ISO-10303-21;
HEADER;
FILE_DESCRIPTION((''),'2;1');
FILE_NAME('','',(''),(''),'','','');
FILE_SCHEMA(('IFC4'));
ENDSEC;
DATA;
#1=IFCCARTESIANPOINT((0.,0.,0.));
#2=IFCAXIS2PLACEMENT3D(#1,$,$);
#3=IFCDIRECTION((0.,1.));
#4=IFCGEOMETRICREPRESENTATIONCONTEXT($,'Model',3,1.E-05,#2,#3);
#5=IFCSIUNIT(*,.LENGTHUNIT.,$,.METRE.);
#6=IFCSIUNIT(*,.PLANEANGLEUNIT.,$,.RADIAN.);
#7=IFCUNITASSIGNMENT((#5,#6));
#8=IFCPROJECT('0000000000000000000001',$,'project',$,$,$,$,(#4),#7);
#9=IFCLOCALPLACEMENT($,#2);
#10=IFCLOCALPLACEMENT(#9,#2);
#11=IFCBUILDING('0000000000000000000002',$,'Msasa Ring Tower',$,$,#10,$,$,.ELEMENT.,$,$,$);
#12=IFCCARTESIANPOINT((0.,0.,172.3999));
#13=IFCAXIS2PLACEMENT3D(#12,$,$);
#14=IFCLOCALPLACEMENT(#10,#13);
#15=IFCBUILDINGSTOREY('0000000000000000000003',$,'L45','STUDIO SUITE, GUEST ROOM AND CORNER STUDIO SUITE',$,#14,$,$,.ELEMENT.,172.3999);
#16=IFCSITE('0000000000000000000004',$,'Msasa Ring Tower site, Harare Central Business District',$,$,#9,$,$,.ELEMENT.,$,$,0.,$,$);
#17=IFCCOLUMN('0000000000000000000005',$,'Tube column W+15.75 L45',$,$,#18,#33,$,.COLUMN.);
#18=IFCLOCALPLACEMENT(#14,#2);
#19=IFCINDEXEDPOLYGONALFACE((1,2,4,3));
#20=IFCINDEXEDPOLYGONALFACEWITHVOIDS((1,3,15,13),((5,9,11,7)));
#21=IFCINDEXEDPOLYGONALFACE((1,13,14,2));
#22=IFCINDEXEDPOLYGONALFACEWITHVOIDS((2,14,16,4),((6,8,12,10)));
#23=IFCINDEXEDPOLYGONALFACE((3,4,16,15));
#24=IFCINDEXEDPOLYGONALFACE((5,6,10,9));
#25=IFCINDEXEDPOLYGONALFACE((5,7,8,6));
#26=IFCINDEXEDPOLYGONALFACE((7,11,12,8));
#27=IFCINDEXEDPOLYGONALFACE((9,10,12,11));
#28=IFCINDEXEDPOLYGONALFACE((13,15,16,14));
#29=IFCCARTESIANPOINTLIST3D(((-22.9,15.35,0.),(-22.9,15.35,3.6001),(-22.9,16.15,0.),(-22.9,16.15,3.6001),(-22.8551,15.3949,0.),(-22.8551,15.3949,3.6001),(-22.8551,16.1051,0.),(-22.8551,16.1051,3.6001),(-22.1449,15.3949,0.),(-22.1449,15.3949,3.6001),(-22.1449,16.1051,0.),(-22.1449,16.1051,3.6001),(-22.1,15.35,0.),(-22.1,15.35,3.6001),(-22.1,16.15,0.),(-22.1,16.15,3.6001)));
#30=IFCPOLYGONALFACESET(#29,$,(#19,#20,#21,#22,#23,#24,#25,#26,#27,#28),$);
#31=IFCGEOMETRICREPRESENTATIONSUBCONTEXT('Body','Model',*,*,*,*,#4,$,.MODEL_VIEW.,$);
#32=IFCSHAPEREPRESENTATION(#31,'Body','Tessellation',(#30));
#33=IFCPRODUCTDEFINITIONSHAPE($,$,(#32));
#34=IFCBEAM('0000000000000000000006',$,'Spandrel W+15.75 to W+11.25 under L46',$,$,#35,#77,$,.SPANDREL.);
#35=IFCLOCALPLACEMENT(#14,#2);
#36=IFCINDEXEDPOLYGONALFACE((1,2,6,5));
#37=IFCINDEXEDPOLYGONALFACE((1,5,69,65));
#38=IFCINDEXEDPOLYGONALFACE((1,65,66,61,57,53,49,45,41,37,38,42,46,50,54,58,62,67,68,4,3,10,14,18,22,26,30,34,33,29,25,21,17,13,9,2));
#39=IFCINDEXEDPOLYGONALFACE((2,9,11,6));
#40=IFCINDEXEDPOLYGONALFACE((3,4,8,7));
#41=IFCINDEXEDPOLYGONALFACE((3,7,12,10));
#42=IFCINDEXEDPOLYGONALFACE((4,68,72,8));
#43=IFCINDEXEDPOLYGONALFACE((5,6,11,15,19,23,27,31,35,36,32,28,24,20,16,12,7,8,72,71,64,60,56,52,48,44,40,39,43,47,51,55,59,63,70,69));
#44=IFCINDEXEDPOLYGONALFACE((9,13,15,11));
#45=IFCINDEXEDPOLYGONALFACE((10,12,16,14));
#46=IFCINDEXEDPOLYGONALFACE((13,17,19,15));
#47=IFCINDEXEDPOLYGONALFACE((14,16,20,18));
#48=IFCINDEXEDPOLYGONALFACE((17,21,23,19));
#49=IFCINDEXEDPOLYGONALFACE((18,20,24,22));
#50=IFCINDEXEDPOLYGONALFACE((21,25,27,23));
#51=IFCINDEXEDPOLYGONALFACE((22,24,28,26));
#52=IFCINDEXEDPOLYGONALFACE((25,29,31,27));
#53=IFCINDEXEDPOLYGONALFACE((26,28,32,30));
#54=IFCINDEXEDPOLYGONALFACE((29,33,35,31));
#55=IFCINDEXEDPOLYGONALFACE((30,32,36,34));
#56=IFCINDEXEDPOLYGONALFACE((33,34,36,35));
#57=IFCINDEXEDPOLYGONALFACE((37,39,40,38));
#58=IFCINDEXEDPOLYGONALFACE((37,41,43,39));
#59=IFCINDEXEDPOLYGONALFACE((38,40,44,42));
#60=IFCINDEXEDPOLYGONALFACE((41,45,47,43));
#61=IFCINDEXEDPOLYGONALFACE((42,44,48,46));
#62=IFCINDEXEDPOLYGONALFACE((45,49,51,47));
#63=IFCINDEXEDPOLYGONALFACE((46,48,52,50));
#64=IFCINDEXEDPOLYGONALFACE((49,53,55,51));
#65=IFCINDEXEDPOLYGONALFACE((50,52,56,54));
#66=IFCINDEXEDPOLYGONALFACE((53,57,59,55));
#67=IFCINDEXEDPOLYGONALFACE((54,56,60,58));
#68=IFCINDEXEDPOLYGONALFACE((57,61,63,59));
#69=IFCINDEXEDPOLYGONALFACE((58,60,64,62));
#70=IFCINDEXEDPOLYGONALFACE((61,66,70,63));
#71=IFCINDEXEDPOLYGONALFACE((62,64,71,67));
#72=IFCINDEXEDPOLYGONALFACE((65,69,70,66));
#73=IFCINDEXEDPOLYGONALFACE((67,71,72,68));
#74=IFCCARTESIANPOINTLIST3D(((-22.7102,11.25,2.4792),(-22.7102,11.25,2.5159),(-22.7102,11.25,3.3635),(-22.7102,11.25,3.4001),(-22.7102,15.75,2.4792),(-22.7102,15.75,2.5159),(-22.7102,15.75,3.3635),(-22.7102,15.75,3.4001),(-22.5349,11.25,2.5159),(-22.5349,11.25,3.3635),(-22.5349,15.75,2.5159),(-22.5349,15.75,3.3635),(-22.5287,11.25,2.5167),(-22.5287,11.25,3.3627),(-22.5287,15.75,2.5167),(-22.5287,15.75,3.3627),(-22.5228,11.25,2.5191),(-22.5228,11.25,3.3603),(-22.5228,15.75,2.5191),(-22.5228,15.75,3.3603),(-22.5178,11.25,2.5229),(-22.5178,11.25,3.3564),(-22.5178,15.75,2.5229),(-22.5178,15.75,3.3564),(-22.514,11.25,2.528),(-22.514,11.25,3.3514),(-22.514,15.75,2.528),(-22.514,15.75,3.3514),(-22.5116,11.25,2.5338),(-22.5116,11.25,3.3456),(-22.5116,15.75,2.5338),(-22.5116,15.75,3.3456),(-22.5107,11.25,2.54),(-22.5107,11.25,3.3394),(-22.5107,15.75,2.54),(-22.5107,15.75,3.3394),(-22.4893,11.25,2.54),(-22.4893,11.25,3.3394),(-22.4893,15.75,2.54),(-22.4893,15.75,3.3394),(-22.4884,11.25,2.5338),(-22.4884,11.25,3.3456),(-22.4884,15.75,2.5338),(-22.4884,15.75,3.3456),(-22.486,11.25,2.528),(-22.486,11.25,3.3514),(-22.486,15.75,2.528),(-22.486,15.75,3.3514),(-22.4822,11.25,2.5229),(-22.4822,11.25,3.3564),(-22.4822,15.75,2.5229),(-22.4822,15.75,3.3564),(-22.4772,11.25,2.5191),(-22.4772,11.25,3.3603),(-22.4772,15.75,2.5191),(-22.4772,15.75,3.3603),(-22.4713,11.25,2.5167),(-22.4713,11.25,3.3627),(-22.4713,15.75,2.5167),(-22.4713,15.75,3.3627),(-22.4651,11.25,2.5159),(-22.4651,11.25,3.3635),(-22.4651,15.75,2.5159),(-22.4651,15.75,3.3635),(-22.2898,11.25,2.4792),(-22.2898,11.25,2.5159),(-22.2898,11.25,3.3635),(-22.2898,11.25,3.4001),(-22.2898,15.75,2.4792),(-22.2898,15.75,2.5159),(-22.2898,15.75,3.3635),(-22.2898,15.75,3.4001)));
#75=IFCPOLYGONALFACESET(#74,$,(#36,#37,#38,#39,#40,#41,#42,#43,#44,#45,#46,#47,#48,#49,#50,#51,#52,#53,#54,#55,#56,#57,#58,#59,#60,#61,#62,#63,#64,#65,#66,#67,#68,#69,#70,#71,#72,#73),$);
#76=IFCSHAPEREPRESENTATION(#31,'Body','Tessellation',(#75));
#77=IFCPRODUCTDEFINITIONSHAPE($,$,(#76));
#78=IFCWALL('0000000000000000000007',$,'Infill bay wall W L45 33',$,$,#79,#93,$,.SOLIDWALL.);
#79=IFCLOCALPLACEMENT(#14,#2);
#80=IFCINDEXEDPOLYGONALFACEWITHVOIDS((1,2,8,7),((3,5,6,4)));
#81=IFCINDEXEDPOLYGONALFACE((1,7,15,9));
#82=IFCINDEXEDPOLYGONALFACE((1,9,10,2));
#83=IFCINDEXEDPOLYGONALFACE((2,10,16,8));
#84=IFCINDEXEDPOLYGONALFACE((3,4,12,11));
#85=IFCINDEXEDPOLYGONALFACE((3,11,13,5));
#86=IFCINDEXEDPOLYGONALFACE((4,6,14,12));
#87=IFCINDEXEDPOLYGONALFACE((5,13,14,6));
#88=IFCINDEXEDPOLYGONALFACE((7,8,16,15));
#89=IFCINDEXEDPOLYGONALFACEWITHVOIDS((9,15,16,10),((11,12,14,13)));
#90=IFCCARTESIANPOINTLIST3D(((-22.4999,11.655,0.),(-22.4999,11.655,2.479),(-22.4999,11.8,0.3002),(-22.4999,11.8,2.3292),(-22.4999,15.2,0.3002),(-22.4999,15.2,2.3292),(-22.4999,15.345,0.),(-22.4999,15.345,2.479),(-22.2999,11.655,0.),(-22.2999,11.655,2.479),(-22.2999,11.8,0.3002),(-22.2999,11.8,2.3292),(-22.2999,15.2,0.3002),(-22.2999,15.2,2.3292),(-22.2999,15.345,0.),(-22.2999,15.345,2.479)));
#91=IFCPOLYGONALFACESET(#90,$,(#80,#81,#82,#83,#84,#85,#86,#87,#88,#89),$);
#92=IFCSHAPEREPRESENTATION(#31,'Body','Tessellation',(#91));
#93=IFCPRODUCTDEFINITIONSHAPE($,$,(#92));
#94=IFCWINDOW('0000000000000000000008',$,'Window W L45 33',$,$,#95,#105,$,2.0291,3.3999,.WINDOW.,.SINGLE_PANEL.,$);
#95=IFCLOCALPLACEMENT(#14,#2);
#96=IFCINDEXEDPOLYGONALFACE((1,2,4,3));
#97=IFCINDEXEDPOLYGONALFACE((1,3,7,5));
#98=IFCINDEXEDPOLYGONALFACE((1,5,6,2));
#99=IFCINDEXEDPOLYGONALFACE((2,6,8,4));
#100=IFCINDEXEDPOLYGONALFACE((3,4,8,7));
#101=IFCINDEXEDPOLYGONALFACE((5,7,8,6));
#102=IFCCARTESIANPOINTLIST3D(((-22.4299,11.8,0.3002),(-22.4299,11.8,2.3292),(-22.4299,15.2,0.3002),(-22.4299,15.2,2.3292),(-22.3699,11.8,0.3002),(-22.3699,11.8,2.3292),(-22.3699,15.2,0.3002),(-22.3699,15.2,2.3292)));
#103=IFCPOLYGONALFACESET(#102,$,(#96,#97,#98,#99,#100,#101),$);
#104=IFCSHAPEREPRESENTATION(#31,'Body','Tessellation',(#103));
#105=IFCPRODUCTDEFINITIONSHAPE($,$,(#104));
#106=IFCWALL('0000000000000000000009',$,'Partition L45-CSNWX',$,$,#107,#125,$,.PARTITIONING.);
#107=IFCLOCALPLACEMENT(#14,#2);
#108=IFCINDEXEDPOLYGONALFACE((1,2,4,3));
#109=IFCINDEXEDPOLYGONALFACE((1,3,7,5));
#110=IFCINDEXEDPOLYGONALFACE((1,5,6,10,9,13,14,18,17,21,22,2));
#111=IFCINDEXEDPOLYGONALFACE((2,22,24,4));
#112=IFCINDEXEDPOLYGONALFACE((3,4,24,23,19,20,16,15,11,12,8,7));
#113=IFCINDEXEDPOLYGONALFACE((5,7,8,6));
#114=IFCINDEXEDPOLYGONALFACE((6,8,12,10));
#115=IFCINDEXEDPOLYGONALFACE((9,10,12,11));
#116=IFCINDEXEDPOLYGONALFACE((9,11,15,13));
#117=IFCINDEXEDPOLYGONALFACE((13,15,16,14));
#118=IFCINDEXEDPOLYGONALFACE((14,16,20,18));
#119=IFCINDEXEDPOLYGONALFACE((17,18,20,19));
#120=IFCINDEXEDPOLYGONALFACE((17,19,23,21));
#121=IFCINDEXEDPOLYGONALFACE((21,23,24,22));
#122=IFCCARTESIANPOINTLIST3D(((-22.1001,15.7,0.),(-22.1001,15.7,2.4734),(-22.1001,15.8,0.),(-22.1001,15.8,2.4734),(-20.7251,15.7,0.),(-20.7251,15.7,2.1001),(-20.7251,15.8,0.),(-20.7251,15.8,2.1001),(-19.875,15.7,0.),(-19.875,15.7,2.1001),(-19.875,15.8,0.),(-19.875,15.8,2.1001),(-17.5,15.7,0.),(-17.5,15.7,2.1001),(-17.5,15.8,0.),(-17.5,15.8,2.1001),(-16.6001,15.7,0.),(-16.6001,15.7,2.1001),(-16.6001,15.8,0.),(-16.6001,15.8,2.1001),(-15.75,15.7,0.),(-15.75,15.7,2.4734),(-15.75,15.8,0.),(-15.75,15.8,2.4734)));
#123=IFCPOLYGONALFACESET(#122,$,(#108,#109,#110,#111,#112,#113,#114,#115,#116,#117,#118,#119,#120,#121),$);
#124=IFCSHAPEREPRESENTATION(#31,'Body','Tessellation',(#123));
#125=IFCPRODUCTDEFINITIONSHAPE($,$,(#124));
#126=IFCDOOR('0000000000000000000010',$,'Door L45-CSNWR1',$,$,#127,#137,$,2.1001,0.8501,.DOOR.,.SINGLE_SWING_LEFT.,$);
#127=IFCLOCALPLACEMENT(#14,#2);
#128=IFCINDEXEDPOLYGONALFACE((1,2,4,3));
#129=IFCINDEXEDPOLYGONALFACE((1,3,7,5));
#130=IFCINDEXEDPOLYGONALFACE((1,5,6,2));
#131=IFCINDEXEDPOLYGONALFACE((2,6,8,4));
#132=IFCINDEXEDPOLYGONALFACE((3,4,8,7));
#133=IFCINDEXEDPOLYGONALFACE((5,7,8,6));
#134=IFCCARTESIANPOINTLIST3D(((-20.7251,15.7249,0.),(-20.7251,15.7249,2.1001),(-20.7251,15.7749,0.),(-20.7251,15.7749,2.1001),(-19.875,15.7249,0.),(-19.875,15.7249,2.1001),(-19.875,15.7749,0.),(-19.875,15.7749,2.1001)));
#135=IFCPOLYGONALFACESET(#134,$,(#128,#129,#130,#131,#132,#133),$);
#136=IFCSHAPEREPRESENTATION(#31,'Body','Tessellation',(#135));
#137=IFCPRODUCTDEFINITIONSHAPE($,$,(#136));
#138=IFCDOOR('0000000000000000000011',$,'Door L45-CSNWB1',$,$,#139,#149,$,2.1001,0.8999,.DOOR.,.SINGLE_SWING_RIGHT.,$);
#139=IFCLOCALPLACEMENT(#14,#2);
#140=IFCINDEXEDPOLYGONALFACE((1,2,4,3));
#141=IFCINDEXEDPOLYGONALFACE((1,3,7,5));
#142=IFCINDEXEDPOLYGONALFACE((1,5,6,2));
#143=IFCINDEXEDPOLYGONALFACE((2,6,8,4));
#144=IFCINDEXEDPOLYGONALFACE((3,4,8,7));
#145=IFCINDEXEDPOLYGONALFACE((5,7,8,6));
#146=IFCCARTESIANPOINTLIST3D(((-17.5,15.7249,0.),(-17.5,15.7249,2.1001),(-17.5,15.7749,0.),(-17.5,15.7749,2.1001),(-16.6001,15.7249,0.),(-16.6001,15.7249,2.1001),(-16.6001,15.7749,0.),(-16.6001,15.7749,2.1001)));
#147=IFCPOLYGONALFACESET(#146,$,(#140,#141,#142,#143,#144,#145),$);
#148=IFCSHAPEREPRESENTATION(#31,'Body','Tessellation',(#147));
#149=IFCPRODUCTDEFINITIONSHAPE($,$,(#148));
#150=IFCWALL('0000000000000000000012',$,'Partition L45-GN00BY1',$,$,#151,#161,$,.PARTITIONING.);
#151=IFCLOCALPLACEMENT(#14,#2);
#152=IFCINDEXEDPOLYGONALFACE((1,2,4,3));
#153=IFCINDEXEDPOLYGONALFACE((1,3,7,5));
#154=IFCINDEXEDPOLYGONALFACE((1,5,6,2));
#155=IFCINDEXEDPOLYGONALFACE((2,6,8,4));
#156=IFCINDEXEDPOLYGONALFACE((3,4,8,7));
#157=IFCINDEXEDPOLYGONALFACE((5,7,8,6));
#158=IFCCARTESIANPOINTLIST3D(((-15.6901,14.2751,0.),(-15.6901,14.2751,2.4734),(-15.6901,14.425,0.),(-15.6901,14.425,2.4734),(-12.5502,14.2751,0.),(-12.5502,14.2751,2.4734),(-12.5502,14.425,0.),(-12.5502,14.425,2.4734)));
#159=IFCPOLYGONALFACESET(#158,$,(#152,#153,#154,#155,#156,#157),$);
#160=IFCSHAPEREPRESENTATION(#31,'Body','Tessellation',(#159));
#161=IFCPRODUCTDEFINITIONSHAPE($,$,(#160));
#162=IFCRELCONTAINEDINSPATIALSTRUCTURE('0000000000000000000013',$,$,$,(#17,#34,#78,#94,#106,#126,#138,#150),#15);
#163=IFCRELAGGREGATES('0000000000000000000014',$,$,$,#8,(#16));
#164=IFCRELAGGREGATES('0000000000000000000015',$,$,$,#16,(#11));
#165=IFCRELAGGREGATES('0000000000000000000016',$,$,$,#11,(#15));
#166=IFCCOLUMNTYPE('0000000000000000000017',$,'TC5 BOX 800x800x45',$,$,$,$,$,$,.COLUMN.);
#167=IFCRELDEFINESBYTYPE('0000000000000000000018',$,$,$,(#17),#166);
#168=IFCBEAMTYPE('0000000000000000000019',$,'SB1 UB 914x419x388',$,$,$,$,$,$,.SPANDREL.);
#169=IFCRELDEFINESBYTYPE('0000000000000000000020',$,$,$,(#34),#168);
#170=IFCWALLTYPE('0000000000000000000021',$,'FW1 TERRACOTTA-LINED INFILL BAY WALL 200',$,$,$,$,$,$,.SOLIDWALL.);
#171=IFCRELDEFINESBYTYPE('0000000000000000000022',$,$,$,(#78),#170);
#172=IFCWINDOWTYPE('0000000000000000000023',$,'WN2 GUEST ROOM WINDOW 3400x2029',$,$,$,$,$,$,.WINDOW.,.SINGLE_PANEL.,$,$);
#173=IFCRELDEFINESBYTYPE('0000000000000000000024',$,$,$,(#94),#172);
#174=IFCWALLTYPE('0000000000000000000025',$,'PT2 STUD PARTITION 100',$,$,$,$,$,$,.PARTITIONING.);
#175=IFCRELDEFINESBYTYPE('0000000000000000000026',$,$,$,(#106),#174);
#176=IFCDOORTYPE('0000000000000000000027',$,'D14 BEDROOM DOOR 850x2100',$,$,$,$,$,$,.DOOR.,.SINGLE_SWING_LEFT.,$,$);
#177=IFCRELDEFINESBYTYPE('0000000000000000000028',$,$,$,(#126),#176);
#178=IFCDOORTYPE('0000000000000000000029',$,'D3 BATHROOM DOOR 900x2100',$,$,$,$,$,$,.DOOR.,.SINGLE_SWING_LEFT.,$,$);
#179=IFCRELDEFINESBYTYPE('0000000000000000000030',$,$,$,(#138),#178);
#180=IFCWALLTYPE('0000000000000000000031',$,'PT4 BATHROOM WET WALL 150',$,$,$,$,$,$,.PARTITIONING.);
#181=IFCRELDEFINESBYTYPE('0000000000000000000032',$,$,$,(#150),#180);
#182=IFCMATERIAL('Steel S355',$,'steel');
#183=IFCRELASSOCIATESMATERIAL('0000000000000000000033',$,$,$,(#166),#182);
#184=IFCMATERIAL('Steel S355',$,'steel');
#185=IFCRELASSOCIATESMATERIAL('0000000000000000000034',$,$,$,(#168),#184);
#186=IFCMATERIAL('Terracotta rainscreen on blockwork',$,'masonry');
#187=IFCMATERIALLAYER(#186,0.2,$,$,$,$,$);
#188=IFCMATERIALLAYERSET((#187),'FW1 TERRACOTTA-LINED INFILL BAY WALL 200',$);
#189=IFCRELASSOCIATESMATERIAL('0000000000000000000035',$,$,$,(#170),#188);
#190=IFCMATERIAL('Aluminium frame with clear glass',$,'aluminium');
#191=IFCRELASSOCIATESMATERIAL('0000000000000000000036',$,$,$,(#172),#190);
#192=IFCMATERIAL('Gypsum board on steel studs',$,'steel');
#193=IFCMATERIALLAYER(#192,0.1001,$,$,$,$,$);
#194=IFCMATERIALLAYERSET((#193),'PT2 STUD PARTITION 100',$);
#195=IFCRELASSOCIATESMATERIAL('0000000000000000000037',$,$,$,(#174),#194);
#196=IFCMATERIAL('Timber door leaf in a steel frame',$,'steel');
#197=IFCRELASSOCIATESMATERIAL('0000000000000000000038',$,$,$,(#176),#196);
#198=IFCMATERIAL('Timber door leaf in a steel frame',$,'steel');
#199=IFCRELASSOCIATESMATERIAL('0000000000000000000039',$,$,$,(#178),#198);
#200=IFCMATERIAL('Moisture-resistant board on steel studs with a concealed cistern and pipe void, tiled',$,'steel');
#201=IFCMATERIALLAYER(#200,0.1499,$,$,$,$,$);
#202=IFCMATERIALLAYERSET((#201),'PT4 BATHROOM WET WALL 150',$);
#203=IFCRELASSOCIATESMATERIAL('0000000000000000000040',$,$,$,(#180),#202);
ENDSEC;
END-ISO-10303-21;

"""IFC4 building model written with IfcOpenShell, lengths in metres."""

from ifc_helpers import new_model, si_unit, direction, frame, frame_2d, origin, origin_2d, place, context, subcontext, project, spatial, rectangle, hollow_rectangle, i_section, extrude, material, layer, layer_set, material_profile, profile_set, type_object, element, fill, save


model = new_model("IFC4")

# Units and contexts
model_context = context("Model", 3, precision=1e-05, world=origin(), true_north=direction((0.0, 1.0)))
body_context = subcontext(model_context, "Body", "Model", "MODEL_VIEW")
ifc_project = project(units=[si_unit("LENGTHUNIT", "METRE"), si_unit("PLANEANGLEUNIT", "RADIAN")], contexts=[model_context])

# Site, building, storey
site_placement = place(None, origin())
site = spatial("IfcSite", under=ifc_project, at=site_placement, Name="Msasa Ring Tower site, Harare Central Business District", CompositionType="ELEMENT", RefElevation=0.0)
building_placement = place(site_placement, origin())
building = spatial("IfcBuilding", under=site, at=building_placement, Name="Msasa Ring Tower", CompositionType="ELEMENT")
storey_placement = place(building_placement, frame((0.0, 0.0, 172.3999)))
storey = spatial("IfcBuildingStorey", under=building, at=storey_placement, Name="L45", Description="STUDIO SUITE, GUEST ROOM AND CORNER STUDIO SUITE", CompositionType="ELEMENT", Elevation=172.3999)

# Column
ifc_material_1 = material(Name="Steel S355", Category="steel")
ifc_material_profile_1 = material_profile(ifc_material_1, hollow_rectangle(XDim=0.8, YDim=0.8, WallThickness=0.0449, at=origin_2d()), Name="BOX 800x800x45")
ifc_profile_set_1 = profile_set([ifc_material_profile_1], Name="Steel S355")
column_type = type_object("IfcColumnType", Name="TC5 BOX 800x800x45", PredefinedType="COLUMN", material=ifc_profile_set_1)
column_placement = place(storey_placement, frame((-22.5, 15.75, 0.0), z_axis=(0.0, 0.0, 1.0), x_axis=(1.0, 0.0, 0.0)))
element("IfcColumn", 1, at=column_placement, inside=storey, type_object=column_type, Name="Tube column W+15.75 L45", PredefinedType="COLUMN", context=body_context, shape_type="SweptSolid", body=[
    extrude(hollow_rectangle(XDim=0.8, YDim=0.8, WallThickness=0.0449, at=origin_2d()), origin(), (0.0, 0.0, 1.0), 3.6001),
])

# Beam
ifc_material_2 = material(Name="Steel S355", Category="steel")
ifc_material_profile_2 = material_profile(ifc_material_2, i_section(OverallWidth=0.4204, OverallDepth=0.9209, WebThickness=0.0215, FlangeThickness=0.0366, FilletRadius=0.0242, at=origin_2d()), Name="UB 914x419x388")
ifc_profile_set_2 = profile_set([ifc_material_profile_2], Name="Steel S355")
beam_type = type_object("IfcBeamType", Name="SB1 UB 914x419x388", PredefinedType="SPANDREL", material=ifc_profile_set_2)
beam_placement = place(storey_placement, frame((-22.5, 15.75, 2.9397), z_axis=(0.0, -1.0, 0.0), x_axis=(1.0, 0.0, 0.0)))
element("IfcBeam", 2, at=beam_placement, inside=storey, type_object=beam_type, Name="Spandrel W+15.75 to W+11.25 under L46", PredefinedType="SPANDREL", context=body_context, shape_type="SweptSolid", body=[
    extrude(i_section(OverallWidth=0.4204, OverallDepth=0.9209, WebThickness=0.0215, FlangeThickness=0.0366, FilletRadius=0.0242, at=origin_2d()), origin(), (0.0, 0.0, 1.0), 4.5),
])

# Wall, opening, window
ifc_material_3 = material(Name="Terracotta rainscreen on blockwork", Category="masonry")
ifc_layer_1 = layer(ifc_material_3, 0.2)
ifc_layer_set_1 = layer_set([ifc_layer_1], Name="FW1 TERRACOTTA-LINED INFILL BAY WALL 200")
wall_type_1 = type_object("IfcWallType", Name="FW1 TERRACOTTA-LINED INFILL BAY WALL 200", PredefinedType="SOLIDWALL", material=ifc_layer_set_1)
wall_1_placement = place(storey_placement, frame((-22.3999, 11.655, 0.0), z_axis=(0.0, 0.0, 1.0), x_axis=(0.0, 1.0, 0.0)))
wall_1 = element("IfcWall", 3, at=wall_1_placement, inside=storey, type_object=wall_type_1, Name="Infill bay wall W L45 33", PredefinedType="SOLIDWALL", context=body_context, shape_type="SweptSolid", body=[
    extrude(rectangle(XDim=3.6899, YDim=0.2, at=frame_2d((1.845, 0.0))), origin(), (0.0, 0.0, 1.0), 2.479),
])
opening_1_placement = place(wall_1_placement, frame((0.145, 0.0, 0.3)))
opening_1 = element("IfcOpeningElement", 4, at=opening_1_placement, cuts=wall_1, PredefinedType="OPENING", context=body_context, shape_type="SweptSolid", body=[
    extrude(rectangle(XDim=3.3999, YDim=2.0291, at=frame_2d((1.7, 1.0146))), frame((0.0, 0.1099, 0.0), z_axis=(0.0, -1.0, 0.0), x_axis=(1.0, 0.0, 0.0)), (0.0, 0.0, 1.0), 0.22),
])
ifc_material_4 = material(Name="Aluminium frame with clear glass", Category="aluminium")
window_type = type_object("IfcWindowType", Name="WN2 GUEST ROOM WINDOW 3400x2029", PartitioningType="SINGLE_PANEL", PredefinedType="WINDOW", material=ifc_material_4)
window_placement = place(opening_1_placement, origin())
window = element("IfcWindow", 5, at=window_placement, inside=storey, type_object=window_type, Name="Window W L45 33", OverallHeight=2.0291, OverallWidth=3.3999, PartitioningType="SINGLE_PANEL", PredefinedType="WINDOW", context=body_context, shape_type="SweptSolid", body=[
    extrude(rectangle(XDim=3.3999, YDim=2.0291, at=frame_2d((1.7, 1.0146))), frame((0.0, 0.03, 0.0), z_axis=(0.0, -1.0, 0.0), x_axis=(1.0, 0.0, 0.0)), (0.0, 0.0, 1.0), 0.0601),
])
fill(opening_1, window)

# Wall, openings, doors
ifc_material_5 = material(Name="Gypsum board on steel studs", Category="steel")
ifc_layer_2 = layer(ifc_material_5, 0.1001)
ifc_layer_set_2 = layer_set([ifc_layer_2], Name="PT2 STUD PARTITION 100")
wall_type_2 = type_object("IfcWallType", Name="PT2 STUD PARTITION 100", PredefinedType="PARTITIONING", material=ifc_layer_set_2)
wall_2_placement = place(storey_placement, frame((-22.1001, 15.75, 0.0), z_axis=(0.0, 0.0, 1.0), x_axis=(1.0, 0.0, 0.0)))
wall_2 = element("IfcWall", 6, at=wall_2_placement, inside=storey, type_object=wall_type_2, Name="Partition L45-CSNWX", PredefinedType="PARTITIONING", context=body_context, shape_type="SweptSolid", body=[
    extrude(rectangle(XDim=6.3501, YDim=0.1001, at=frame_2d((3.175, 0.0))), origin(), (0.0, 0.0, 1.0), 2.4734),
])
opening_2_placement = place(wall_2_placement, frame((1.375, 0.0, 0.0)))
opening_2 = element("IfcOpeningElement", 7, at=opening_2_placement, cuts=wall_2, PredefinedType="OPENING", context=body_context, shape_type="SweptSolid", body=[
    extrude(rectangle(XDim=0.8501, YDim=2.1001, at=frame_2d((0.425, 1.05))), frame((0.0, 0.0601, 0.0), z_axis=(0.0, -1.0, 0.0), x_axis=(1.0, 0.0, 0.0)), (0.0, 0.0, 1.0), 0.1201),
])
opening_3_placement = place(wall_2_placement, frame((4.6001, 0.0, 0.0)))
opening_3 = element("IfcOpeningElement", 8, at=opening_3_placement, cuts=wall_2, PredefinedType="OPENING", context=body_context, shape_type="SweptSolid", body=[
    extrude(rectangle(XDim=0.8999, YDim=2.1001, at=frame_2d((0.45, 1.05))), frame((0.0, 0.0601, 0.0), z_axis=(0.0, -1.0, 0.0), x_axis=(1.0, 0.0, 0.0)), (0.0, 0.0, 1.0), 0.1201),
])
ifc_material_6 = material(Name="Timber door leaf in a steel frame", Category="steel")
door_type_1 = type_object("IfcDoorType", Name="D14 BEDROOM DOOR 850x2100", OperationType="SINGLE_SWING_LEFT", PredefinedType="DOOR", material=ifc_material_6)
door_1_placement = place(opening_2_placement, origin())
door_1 = element("IfcDoor", 9, at=door_1_placement, inside=storey, type_object=door_type_1, Name="Door L45-CSNWR1", OperationType="SINGLE_SWING_LEFT", OverallHeight=2.1001, OverallWidth=0.8501, PredefinedType="DOOR", context=body_context, shape_type="SweptSolid", body=[
    extrude(rectangle(XDim=0.8501, YDim=2.1001, at=frame_2d((0.425, 1.05))), frame((0.0, 0.0249, 0.0), z_axis=(0.0, -1.0, 0.0), x_axis=(1.0, 0.0, 0.0)), (0.0, 0.0, 1.0), 0.05),
])
fill(opening_2, door_1)
ifc_material_7 = material(Name="Timber door leaf in a steel frame", Category="steel")
door_type_2 = type_object("IfcDoorType", Name="D3 BATHROOM DOOR 900x2100", OperationType="SINGLE_SWING_LEFT", PredefinedType="DOOR", material=ifc_material_7)
door_2_placement = place(opening_3_placement, origin())
door_2 = element("IfcDoor", 10, at=door_2_placement, inside=storey, type_object=door_type_2, Name="Door L45-CSNWB1", OperationType="SINGLE_SWING_RIGHT", OverallHeight=2.1001, OverallWidth=0.8999, PredefinedType="DOOR", context=body_context, shape_type="SweptSolid", body=[
    extrude(rectangle(XDim=0.8999, YDim=2.1001, at=frame_2d((0.45, 1.05))), frame((0.0, 0.0249, 0.0), z_axis=(0.0, -1.0, 0.0), x_axis=(1.0, 0.0, 0.0)), (0.0, 0.0, 1.0), 0.05),
])
fill(opening_3, door_2)

# Wall
ifc_material_8 = material(Name="Moisture-resistant board on steel studs with a concealed cistern and pipe void, tiled", Category="steel")
ifc_layer_3 = layer(ifc_material_8, 0.1499)
ifc_layer_set_3 = layer_set([ifc_layer_3], Name="PT4 BATHROOM WET WALL 150")
wall_type_3 = type_object("IfcWallType", Name="PT4 BATHROOM WET WALL 150", PredefinedType="PARTITIONING", material=ifc_layer_set_3)
wall_3_placement = place(storey_placement, frame((-15.6899, 14.3501, 0.0), z_axis=(0.0, 0.0, 1.0), x_axis=(1.0, 0.0, 0.0)))
element("IfcWall", 11, at=wall_3_placement, inside=storey, type_object=wall_type_3, Name="Partition L45-GN00BY1", PredefinedType="PARTITIONING", context=body_context, shape_type="SweptSolid", body=[
    extrude(rectangle(XDim=3.1399, YDim=0.1499, at=frame_2d((1.5698, 0.0))), origin(), (0.0, 0.0, 1.0), 2.4734),
])

save(model, "model.ifc")
